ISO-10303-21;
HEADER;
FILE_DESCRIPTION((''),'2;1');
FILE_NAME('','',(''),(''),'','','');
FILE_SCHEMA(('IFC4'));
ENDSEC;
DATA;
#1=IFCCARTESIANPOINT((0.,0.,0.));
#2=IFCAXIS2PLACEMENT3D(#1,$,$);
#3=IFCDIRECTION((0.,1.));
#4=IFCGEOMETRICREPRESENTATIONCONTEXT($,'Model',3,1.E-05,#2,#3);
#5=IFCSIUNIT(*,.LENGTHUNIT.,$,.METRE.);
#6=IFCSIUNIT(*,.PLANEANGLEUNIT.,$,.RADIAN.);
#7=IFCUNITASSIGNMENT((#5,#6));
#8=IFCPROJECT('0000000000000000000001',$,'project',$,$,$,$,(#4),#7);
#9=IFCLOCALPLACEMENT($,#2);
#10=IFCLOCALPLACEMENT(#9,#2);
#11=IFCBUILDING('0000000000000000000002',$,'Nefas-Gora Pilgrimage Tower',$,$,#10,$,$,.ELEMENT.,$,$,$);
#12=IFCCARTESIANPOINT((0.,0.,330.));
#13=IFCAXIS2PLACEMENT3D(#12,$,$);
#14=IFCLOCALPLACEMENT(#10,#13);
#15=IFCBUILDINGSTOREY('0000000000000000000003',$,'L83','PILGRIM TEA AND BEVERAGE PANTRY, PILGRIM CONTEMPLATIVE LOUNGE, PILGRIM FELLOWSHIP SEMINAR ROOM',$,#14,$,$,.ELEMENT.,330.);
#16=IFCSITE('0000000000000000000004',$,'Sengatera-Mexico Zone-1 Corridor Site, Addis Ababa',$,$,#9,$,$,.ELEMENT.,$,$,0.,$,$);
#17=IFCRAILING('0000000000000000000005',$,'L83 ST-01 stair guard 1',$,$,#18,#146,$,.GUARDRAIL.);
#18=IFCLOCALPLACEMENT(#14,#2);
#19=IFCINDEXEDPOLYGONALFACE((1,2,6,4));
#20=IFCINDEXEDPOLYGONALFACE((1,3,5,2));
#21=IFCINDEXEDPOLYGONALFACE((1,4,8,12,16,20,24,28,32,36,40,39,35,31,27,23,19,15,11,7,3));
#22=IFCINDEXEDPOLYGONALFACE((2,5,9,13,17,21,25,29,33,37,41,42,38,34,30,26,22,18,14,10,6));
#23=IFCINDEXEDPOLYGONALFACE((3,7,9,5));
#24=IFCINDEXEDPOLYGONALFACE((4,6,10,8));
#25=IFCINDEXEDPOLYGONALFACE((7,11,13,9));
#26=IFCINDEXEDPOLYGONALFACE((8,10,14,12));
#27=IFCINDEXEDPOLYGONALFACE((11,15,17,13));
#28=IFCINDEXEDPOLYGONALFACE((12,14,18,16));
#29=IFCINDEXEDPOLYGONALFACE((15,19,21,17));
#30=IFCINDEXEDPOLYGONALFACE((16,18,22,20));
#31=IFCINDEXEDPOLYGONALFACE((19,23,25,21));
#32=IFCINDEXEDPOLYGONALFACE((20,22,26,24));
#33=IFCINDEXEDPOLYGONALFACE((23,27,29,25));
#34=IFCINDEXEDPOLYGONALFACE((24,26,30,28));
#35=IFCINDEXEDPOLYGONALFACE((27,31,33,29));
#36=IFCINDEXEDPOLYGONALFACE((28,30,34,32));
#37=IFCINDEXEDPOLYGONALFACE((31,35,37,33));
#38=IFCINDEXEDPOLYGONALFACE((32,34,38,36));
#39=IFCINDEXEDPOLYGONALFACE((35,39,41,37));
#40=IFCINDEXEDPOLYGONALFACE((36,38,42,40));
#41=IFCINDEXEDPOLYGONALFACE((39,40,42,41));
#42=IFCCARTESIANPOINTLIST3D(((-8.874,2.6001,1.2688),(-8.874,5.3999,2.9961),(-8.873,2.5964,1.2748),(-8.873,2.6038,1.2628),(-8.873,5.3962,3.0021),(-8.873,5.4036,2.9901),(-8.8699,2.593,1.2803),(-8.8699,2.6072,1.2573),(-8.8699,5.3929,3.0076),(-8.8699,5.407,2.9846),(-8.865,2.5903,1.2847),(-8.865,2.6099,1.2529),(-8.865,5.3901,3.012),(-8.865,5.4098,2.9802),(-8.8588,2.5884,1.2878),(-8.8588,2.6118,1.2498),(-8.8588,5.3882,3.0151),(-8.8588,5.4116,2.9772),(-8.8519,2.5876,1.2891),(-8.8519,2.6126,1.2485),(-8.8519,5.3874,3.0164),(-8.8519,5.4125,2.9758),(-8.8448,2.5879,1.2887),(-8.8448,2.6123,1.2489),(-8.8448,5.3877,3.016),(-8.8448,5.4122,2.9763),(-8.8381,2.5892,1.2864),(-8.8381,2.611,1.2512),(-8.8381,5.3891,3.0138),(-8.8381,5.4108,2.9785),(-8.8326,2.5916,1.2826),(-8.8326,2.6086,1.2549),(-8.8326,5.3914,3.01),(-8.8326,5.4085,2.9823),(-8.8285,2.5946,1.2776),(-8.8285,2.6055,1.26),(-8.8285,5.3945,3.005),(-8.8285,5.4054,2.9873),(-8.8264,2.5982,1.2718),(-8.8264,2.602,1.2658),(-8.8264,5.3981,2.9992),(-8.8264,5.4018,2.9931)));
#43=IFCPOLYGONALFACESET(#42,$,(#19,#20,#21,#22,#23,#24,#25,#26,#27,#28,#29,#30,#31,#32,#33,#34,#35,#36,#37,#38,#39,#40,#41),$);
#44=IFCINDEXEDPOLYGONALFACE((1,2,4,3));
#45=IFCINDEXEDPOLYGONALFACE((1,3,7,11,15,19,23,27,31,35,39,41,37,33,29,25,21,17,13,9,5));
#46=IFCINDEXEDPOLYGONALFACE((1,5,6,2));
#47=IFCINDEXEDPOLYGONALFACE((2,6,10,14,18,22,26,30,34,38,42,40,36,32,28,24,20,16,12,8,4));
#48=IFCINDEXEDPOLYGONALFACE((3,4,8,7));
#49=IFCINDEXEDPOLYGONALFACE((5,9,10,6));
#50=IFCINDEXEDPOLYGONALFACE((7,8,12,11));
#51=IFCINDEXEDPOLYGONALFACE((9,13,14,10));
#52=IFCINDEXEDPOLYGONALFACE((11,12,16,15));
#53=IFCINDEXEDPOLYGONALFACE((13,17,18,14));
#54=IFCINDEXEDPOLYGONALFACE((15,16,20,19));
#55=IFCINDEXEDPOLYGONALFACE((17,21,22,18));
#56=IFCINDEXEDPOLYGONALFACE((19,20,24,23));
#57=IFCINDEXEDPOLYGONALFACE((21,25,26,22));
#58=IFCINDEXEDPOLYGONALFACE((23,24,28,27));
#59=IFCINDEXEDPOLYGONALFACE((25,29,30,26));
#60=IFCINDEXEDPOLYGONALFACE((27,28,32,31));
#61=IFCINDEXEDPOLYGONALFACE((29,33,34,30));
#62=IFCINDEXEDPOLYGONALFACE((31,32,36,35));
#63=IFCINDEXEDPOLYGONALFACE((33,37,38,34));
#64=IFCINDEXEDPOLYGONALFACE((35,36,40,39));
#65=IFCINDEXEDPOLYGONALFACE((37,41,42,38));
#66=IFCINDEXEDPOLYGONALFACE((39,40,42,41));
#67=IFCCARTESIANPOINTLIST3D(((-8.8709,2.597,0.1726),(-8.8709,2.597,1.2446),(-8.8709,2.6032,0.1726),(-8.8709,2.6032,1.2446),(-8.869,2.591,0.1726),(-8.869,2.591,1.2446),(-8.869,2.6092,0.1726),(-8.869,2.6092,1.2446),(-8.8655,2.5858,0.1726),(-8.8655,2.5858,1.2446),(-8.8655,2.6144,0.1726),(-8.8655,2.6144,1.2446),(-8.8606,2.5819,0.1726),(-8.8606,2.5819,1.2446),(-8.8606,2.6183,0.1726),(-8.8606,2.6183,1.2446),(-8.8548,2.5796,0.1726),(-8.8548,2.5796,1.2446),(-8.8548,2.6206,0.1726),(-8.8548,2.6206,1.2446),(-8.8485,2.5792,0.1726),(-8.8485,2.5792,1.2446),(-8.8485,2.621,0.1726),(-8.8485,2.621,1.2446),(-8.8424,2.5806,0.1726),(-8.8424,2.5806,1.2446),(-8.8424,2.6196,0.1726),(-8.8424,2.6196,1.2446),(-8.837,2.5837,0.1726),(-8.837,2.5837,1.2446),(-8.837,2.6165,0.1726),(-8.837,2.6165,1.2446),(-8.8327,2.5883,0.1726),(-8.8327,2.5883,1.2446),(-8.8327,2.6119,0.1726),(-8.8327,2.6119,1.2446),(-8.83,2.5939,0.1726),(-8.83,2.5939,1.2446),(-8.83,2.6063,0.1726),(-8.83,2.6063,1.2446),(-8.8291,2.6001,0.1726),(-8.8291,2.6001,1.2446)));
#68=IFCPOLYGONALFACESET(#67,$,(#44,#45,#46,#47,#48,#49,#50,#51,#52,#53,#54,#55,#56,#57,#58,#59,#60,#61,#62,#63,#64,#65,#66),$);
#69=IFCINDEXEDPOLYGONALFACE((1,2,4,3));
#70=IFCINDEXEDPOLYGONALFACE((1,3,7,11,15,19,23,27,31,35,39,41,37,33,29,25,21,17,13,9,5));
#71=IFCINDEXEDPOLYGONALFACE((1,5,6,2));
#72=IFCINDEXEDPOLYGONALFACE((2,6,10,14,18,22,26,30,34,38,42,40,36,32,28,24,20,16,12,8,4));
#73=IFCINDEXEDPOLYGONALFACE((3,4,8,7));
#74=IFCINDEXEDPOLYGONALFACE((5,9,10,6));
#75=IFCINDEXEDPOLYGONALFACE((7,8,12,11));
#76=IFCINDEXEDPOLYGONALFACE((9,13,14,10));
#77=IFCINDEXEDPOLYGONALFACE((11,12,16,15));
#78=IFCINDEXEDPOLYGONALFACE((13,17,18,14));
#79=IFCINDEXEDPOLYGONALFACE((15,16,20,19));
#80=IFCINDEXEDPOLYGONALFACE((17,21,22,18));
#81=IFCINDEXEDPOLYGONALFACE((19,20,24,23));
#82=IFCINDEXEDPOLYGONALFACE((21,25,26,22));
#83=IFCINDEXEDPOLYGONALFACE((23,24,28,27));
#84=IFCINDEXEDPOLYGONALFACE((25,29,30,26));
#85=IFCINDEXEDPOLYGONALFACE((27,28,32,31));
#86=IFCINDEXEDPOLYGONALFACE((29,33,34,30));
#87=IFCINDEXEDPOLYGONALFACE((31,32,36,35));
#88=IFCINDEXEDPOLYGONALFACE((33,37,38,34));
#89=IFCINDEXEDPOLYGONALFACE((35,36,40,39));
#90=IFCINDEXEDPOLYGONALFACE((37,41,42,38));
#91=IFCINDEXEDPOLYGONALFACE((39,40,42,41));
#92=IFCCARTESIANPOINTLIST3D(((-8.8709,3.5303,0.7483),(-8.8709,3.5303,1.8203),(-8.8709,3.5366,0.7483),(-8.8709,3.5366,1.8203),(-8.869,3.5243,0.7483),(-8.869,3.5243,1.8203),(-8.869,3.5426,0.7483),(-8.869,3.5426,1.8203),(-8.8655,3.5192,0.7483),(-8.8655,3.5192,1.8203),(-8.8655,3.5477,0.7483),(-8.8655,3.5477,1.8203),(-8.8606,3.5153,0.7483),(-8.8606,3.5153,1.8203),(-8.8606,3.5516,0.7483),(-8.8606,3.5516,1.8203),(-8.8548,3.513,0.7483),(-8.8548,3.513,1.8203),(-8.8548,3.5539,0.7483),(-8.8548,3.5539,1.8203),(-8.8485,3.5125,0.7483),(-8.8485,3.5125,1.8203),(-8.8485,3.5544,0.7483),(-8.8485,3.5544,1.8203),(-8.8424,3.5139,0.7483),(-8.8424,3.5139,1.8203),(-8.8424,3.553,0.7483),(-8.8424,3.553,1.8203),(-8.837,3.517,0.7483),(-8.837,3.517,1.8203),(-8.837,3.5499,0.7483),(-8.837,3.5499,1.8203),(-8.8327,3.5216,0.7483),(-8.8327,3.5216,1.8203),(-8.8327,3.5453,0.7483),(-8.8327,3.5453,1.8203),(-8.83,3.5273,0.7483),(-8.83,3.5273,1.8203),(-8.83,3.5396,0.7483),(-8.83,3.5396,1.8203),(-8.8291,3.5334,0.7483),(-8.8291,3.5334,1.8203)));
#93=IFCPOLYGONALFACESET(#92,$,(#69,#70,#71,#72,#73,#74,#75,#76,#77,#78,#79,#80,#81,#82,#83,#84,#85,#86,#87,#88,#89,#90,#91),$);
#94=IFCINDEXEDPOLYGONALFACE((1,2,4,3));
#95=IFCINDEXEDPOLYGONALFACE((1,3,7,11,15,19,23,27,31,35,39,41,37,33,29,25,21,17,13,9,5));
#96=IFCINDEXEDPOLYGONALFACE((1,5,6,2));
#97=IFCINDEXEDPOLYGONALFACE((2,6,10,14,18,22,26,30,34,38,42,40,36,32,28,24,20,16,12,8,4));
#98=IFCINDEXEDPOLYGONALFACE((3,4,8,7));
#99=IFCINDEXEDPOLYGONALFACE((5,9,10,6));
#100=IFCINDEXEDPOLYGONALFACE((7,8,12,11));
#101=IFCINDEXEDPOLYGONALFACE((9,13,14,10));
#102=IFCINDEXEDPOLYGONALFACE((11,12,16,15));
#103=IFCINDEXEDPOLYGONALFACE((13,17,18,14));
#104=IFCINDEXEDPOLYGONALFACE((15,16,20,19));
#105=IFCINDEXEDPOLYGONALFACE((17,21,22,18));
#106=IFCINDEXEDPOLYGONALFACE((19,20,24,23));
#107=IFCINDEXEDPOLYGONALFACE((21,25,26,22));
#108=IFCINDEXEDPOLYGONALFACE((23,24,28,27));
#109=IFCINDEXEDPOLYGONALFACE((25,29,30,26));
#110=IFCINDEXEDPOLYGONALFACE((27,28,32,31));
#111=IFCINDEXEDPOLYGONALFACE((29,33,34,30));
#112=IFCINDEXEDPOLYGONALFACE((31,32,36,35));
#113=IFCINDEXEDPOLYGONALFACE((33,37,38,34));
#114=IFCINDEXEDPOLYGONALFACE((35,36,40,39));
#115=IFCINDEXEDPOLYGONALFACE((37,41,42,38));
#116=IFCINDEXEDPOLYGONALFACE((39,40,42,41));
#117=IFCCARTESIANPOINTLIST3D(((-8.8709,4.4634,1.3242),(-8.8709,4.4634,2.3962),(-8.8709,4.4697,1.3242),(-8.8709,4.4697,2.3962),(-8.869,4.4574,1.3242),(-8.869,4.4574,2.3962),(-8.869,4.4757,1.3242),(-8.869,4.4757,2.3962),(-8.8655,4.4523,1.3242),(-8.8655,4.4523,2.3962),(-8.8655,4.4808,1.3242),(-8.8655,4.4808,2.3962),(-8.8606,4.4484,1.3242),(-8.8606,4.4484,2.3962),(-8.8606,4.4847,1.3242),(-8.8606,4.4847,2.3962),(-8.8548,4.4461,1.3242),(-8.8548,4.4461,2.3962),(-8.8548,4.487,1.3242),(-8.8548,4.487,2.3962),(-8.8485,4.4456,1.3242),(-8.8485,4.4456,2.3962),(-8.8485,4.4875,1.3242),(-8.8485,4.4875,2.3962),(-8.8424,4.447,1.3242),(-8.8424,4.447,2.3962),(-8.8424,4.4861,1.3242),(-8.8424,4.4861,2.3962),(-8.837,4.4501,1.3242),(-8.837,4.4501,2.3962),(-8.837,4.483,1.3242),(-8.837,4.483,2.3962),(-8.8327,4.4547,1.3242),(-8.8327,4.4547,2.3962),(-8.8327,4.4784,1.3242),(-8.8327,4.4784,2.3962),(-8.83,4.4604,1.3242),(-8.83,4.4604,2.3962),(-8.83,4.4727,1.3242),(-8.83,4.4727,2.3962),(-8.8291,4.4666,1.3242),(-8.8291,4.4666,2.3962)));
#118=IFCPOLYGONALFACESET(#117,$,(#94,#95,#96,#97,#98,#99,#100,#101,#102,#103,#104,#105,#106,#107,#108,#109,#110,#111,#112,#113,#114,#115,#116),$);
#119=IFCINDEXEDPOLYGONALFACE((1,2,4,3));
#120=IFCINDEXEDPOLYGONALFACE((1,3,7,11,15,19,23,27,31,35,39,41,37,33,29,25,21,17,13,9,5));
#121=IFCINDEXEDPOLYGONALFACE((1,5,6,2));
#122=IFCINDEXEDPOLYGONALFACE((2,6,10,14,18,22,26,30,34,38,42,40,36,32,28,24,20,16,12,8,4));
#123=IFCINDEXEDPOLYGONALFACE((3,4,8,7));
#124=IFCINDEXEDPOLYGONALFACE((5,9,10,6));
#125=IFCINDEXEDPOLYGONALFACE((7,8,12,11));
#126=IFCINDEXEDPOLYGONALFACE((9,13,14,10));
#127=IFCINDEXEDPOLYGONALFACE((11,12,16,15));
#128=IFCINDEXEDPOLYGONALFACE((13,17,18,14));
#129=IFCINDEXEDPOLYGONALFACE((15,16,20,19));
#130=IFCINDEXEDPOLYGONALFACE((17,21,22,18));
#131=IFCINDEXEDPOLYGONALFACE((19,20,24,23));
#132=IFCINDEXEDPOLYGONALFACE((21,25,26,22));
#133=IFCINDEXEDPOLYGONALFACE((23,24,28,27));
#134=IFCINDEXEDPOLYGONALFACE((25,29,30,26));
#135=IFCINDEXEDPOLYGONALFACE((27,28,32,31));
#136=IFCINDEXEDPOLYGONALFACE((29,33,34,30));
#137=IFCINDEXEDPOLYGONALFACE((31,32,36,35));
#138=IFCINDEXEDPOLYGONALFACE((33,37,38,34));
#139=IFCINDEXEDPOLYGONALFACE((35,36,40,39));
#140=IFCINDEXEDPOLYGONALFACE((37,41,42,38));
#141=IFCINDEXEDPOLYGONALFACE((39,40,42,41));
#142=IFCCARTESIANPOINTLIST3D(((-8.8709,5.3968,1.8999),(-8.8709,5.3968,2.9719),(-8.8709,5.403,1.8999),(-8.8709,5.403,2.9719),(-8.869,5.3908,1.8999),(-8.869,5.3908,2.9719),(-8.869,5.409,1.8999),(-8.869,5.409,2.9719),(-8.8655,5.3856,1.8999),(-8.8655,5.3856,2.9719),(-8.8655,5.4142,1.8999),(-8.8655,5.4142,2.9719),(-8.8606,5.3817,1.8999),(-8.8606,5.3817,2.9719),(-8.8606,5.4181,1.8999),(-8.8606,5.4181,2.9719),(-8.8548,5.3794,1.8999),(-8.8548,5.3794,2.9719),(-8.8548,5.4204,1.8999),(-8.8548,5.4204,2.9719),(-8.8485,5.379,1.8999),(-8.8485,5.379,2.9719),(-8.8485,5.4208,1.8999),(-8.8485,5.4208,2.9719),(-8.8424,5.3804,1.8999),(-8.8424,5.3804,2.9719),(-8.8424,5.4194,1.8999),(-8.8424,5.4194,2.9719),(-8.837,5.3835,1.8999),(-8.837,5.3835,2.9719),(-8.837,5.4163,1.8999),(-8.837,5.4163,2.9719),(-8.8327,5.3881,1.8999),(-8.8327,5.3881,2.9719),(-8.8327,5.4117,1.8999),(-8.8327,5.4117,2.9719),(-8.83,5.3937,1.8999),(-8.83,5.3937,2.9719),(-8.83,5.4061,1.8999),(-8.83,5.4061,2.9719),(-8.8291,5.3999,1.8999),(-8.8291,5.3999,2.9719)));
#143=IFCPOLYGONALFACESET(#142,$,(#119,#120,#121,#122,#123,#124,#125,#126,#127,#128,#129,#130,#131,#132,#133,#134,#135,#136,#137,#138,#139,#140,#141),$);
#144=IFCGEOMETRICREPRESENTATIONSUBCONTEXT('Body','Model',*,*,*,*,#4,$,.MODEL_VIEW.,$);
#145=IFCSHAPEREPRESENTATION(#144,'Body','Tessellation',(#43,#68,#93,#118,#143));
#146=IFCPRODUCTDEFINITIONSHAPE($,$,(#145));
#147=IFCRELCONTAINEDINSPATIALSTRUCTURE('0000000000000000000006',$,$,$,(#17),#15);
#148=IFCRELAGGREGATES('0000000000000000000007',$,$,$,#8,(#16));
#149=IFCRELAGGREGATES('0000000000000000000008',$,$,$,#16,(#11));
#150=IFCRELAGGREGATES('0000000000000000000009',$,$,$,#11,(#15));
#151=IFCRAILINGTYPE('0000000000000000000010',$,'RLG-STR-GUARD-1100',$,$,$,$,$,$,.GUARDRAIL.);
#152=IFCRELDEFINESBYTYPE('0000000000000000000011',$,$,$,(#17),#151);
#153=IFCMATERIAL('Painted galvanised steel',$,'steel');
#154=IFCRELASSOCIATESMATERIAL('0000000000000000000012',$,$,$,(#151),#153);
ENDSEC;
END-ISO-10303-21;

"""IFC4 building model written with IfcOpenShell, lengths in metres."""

from ifc_helpers import new_model, si_unit, direction, frame, origin, origin_2d, place, context, subcontext, project, spatial, circle, extrude, material, type_object, element, save


model = new_model("IFC4")

# Units and contexts
model_context = context("Model", 3, precision=1e-05, world=origin(), true_north=direction((0.0, 1.0)))
body_context = subcontext(model_context, "Body", "Model", "MODEL_VIEW")
ifc_project = project(units=[si_unit("LENGTHUNIT", "METRE"), si_unit("PLANEANGLEUNIT", "RADIAN")], contexts=[model_context])

# Site, building, storey
site_placement = place(None, origin())
site = spatial("IfcSite", under=ifc_project, at=site_placement, Name="Sengatera-Mexico Zone-1 Corridor Site, Addis Ababa", CompositionType="ELEMENT", RefElevation=0.0)
building_placement = place(site_placement, origin())
building = spatial("IfcBuilding", under=site, at=building_placement, Name="Nefas-Gora Pilgrimage Tower", CompositionType="ELEMENT")
storey_placement = place(building_placement, frame((0.0, 0.0, 330.0)))
storey = spatial("IfcBuildingStorey", under=building, at=storey_placement, Name="L83", Description="PILGRIM TEA AND BEVERAGE PANTRY, PILGRIM CONTEMPLATIVE LOUNGE, PILGRIM FELLOWSHIP SEMINAR ROOM", CompositionType="ELEMENT", Elevation=330.0)

# Railing
ifc_material_1 = material(Name="Painted galvanised steel", Category="steel")
railing_type_1 = type_object("IfcRailingType", Name="RLG-STR-GUARD-1100", PredefinedType="GUARDRAIL", material=ifc_material_1)
railing_1_placement = place(storey_placement, frame((-8.8501, 2.6001, 0.1726)))
element("IfcRailing", 1, at=railing_1_placement, inside=storey, type_object=railing_type_1, Name="L83 ST-01 stair guard 1", PredefinedType="GUARDRAIL", context=body_context, shape_type="SweptSolid", body=[
    extrude(circle(Radius=0.0239, at=origin_2d()), frame((0.0, 0.0, 1.0962), z_axis=(0.0, 0.851069, 0.525054), x_axis=(-1.0, 0.0, 0.0)), (0.0, 0.0, 1.0), 3.2898),
    extrude(circle(Radius=0.021, at=origin_2d()), origin(), (0.0, 0.0, 1.0), 1.072),
    extrude(circle(Radius=0.021, at=origin_2d()), frame((0.0, 0.9333, 0.5757)), (0.0, 0.0, 1.0), 1.072),
    extrude(circle(Radius=0.021, at=origin_2d()), frame((0.0, 1.8665, 1.1516)), (0.0, 0.0, 1.0), 1.072),
    extrude(circle(Radius=0.021, at=origin_2d()), frame((0.0, 2.7998, 1.7273)), (0.0, 0.0, 1.0), 1.072),
])

save(model, "model.ifc")
